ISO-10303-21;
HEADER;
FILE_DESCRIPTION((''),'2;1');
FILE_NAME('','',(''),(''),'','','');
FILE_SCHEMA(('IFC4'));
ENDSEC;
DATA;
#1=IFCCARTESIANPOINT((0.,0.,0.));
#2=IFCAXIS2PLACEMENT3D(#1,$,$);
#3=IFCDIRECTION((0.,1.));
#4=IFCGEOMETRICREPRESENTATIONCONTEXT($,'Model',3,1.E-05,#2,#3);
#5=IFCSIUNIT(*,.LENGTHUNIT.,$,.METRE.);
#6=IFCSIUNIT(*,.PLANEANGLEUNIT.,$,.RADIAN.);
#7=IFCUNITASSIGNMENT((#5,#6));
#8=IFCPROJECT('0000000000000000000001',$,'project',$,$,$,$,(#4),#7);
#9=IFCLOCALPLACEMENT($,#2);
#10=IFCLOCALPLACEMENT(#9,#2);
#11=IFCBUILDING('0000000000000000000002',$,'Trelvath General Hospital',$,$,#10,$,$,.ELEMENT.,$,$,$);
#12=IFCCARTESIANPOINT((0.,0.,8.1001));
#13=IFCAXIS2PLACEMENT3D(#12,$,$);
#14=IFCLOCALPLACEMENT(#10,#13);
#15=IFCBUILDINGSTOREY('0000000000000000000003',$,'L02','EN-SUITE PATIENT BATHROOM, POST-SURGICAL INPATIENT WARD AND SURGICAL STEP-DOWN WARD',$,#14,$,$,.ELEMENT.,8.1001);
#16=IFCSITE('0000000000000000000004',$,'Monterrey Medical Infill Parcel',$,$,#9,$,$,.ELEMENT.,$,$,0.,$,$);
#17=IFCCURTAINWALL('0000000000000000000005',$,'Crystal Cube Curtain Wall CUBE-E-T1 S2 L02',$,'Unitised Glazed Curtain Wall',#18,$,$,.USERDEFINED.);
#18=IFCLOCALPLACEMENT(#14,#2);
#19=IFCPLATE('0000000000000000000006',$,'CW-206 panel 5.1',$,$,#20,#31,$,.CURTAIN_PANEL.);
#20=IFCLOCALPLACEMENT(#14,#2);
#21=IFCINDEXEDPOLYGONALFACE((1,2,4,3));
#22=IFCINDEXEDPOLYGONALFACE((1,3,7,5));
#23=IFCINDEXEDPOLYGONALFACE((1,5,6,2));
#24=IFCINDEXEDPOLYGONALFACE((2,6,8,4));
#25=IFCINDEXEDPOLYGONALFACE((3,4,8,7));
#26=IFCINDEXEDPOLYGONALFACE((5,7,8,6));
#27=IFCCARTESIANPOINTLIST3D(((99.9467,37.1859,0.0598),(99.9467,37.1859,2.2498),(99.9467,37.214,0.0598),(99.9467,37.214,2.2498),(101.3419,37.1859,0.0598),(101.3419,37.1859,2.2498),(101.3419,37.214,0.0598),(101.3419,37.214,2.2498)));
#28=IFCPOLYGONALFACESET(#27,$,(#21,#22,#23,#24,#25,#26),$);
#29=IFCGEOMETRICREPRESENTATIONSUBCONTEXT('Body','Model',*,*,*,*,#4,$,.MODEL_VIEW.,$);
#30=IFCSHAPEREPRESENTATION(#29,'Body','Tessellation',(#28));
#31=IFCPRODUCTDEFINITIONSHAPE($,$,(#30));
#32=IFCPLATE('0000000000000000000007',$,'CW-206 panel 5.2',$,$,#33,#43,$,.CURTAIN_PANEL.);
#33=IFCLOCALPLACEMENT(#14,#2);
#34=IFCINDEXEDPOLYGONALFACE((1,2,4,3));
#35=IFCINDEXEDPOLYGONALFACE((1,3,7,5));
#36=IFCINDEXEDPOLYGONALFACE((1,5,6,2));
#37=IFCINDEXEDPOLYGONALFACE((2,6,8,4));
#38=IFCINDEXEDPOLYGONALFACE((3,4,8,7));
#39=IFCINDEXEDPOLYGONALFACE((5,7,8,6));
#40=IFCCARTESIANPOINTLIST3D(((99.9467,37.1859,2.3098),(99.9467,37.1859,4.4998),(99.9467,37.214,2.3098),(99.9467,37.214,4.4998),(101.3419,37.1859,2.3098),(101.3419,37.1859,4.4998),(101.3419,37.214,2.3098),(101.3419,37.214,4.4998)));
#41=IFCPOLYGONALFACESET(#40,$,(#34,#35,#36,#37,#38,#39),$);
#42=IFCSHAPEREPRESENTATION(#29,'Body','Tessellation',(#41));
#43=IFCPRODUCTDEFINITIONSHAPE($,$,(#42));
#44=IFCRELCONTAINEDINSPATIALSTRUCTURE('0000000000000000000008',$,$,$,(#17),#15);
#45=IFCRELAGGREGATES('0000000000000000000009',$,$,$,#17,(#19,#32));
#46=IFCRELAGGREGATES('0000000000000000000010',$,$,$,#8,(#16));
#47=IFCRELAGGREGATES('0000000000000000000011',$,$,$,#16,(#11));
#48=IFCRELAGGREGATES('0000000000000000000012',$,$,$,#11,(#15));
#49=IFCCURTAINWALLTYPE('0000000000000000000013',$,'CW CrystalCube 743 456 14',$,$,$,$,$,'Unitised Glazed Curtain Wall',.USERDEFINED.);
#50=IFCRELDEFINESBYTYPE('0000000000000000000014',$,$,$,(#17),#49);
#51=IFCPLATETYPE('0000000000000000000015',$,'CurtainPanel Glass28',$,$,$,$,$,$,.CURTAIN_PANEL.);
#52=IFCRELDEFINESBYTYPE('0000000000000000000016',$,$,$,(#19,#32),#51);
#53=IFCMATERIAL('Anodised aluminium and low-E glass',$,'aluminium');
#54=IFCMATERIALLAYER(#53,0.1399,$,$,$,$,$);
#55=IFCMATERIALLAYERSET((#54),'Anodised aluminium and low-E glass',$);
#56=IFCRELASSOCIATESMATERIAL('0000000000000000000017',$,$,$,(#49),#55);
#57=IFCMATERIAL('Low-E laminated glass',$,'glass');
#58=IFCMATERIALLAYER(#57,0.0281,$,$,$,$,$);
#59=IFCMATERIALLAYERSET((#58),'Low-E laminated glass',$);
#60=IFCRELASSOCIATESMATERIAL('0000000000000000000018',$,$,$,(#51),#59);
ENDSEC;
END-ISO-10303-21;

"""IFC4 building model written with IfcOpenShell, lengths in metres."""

from ifc_helpers import new_model, si_unit, direction, frame, origin, origin_2d, place, context, subcontext, project, spatial, rectangle, extrude, material, layer, layer_set, type_object, element, aggregate, save


model = new_model("IFC4")

# Units and contexts
model_context = context("Model", 3, precision=1e-05, world=origin(), true_north=direction((0.0, 1.0)))
body_context = subcontext(model_context, "Body", "Model", "MODEL_VIEW")
ifc_project = project(units=[si_unit("LENGTHUNIT", "METRE"), si_unit("PLANEANGLEUNIT", "RADIAN")], contexts=[model_context])

# Site, building, storey
site_placement = place(None, origin())
site = spatial("IfcSite", under=ifc_project, at=site_placement, Name="Monterrey Medical Infill Parcel", CompositionType="ELEMENT", RefElevation=0.0)
building_placement = place(site_placement, origin())
building = spatial("IfcBuilding", under=site, at=building_placement, Name="Trelvath General Hospital", CompositionType="ELEMENT")
storey_placement = place(building_placement, frame((0.0, 0.0, 8.1001)))
storey = spatial("IfcBuildingStorey", under=building, at=storey_placement, Name="L02", Description="EN-SUITE PATIENT BATHROOM, POST-SURGICAL INPATIENT WARD AND SURGICAL STEP-DOWN WARD", CompositionType="ELEMENT", Elevation=8.1001)

# Curtain wall
ifc_material_1 = material(Name="Anodised aluminium and low-E glass", Category="aluminium")
ifc_layer_1 = layer(ifc_material_1, 0.1399)
ifc_layer_set_1 = layer_set([ifc_layer_1], Name="Anodised aluminium and low-E glass")
curtain_wall_type_1 = type_object("IfcCurtainWallType", Name="CW CrystalCube 743 456 14", ElementType="Unitised Glazed Curtain Wall", PredefinedType="USERDEFINED", material=ifc_layer_set_1)
curtain_wall_1_placement = place(storey_placement, origin())
curtain_wall_1 = element("IfcCurtainWall", 1, at=curtain_wall_1_placement, inside=storey, type_object=curtain_wall_type_1, Name="Crystal Cube Curtain Wall CUBE-E-T1 S2 L02", ObjectType="Unitised Glazed Curtain Wall", PredefinedType="USERDEFINED")

# Plates
ifc_material_2 = material(Name="Low-E laminated glass", Category="glass")
ifc_layer_2 = layer(ifc_material_2, 0.0281)
ifc_layer_set_2 = layer_set([ifc_layer_2], Name="Low-E laminated glass")
plate_type = type_object("IfcPlateType", Name="CurtainPanel Glass28", PredefinedType="CURTAIN_PANEL", material=ifc_layer_set_2)
plate_1_placement = place(storey_placement, frame((100.6443, 37.2, 0.0598), z_axis=(0.0, 0.0, 1.0), x_axis=(-1.0, 0.0, 0.0)))
plate_1 = element("IfcPlate", 2, at=plate_1_placement, type_object=plate_type, Name="CW-206 panel 5.1", PredefinedType="CURTAIN_PANEL", context=body_context, shape_type="SweptSolid", body=[
    extrude(rectangle(XDim=1.3953, YDim=0.0281, at=origin_2d()), origin(), (0.0, 0.0, 1.0), 2.1899),
])
plate_2_placement = place(storey_placement, frame((100.6443, 37.2, 2.3098), z_axis=(0.0, 0.0, 1.0), x_axis=(-1.0, 0.0, 0.0)))
plate_2 = element("IfcPlate", 3, at=plate_2_placement, type_object=plate_type, Name="CW-206 panel 5.2", PredefinedType="CURTAIN_PANEL", context=body_context, shape_type="SweptSolid", body=[
    extrude(rectangle(XDim=1.3953, YDim=0.0281, at=origin_2d()), origin(), (0.0, 0.0, 1.0), 2.1899),
])
aggregate(curtain_wall_1, [plate_1, plate_2])

save(model, "model.ifc")
